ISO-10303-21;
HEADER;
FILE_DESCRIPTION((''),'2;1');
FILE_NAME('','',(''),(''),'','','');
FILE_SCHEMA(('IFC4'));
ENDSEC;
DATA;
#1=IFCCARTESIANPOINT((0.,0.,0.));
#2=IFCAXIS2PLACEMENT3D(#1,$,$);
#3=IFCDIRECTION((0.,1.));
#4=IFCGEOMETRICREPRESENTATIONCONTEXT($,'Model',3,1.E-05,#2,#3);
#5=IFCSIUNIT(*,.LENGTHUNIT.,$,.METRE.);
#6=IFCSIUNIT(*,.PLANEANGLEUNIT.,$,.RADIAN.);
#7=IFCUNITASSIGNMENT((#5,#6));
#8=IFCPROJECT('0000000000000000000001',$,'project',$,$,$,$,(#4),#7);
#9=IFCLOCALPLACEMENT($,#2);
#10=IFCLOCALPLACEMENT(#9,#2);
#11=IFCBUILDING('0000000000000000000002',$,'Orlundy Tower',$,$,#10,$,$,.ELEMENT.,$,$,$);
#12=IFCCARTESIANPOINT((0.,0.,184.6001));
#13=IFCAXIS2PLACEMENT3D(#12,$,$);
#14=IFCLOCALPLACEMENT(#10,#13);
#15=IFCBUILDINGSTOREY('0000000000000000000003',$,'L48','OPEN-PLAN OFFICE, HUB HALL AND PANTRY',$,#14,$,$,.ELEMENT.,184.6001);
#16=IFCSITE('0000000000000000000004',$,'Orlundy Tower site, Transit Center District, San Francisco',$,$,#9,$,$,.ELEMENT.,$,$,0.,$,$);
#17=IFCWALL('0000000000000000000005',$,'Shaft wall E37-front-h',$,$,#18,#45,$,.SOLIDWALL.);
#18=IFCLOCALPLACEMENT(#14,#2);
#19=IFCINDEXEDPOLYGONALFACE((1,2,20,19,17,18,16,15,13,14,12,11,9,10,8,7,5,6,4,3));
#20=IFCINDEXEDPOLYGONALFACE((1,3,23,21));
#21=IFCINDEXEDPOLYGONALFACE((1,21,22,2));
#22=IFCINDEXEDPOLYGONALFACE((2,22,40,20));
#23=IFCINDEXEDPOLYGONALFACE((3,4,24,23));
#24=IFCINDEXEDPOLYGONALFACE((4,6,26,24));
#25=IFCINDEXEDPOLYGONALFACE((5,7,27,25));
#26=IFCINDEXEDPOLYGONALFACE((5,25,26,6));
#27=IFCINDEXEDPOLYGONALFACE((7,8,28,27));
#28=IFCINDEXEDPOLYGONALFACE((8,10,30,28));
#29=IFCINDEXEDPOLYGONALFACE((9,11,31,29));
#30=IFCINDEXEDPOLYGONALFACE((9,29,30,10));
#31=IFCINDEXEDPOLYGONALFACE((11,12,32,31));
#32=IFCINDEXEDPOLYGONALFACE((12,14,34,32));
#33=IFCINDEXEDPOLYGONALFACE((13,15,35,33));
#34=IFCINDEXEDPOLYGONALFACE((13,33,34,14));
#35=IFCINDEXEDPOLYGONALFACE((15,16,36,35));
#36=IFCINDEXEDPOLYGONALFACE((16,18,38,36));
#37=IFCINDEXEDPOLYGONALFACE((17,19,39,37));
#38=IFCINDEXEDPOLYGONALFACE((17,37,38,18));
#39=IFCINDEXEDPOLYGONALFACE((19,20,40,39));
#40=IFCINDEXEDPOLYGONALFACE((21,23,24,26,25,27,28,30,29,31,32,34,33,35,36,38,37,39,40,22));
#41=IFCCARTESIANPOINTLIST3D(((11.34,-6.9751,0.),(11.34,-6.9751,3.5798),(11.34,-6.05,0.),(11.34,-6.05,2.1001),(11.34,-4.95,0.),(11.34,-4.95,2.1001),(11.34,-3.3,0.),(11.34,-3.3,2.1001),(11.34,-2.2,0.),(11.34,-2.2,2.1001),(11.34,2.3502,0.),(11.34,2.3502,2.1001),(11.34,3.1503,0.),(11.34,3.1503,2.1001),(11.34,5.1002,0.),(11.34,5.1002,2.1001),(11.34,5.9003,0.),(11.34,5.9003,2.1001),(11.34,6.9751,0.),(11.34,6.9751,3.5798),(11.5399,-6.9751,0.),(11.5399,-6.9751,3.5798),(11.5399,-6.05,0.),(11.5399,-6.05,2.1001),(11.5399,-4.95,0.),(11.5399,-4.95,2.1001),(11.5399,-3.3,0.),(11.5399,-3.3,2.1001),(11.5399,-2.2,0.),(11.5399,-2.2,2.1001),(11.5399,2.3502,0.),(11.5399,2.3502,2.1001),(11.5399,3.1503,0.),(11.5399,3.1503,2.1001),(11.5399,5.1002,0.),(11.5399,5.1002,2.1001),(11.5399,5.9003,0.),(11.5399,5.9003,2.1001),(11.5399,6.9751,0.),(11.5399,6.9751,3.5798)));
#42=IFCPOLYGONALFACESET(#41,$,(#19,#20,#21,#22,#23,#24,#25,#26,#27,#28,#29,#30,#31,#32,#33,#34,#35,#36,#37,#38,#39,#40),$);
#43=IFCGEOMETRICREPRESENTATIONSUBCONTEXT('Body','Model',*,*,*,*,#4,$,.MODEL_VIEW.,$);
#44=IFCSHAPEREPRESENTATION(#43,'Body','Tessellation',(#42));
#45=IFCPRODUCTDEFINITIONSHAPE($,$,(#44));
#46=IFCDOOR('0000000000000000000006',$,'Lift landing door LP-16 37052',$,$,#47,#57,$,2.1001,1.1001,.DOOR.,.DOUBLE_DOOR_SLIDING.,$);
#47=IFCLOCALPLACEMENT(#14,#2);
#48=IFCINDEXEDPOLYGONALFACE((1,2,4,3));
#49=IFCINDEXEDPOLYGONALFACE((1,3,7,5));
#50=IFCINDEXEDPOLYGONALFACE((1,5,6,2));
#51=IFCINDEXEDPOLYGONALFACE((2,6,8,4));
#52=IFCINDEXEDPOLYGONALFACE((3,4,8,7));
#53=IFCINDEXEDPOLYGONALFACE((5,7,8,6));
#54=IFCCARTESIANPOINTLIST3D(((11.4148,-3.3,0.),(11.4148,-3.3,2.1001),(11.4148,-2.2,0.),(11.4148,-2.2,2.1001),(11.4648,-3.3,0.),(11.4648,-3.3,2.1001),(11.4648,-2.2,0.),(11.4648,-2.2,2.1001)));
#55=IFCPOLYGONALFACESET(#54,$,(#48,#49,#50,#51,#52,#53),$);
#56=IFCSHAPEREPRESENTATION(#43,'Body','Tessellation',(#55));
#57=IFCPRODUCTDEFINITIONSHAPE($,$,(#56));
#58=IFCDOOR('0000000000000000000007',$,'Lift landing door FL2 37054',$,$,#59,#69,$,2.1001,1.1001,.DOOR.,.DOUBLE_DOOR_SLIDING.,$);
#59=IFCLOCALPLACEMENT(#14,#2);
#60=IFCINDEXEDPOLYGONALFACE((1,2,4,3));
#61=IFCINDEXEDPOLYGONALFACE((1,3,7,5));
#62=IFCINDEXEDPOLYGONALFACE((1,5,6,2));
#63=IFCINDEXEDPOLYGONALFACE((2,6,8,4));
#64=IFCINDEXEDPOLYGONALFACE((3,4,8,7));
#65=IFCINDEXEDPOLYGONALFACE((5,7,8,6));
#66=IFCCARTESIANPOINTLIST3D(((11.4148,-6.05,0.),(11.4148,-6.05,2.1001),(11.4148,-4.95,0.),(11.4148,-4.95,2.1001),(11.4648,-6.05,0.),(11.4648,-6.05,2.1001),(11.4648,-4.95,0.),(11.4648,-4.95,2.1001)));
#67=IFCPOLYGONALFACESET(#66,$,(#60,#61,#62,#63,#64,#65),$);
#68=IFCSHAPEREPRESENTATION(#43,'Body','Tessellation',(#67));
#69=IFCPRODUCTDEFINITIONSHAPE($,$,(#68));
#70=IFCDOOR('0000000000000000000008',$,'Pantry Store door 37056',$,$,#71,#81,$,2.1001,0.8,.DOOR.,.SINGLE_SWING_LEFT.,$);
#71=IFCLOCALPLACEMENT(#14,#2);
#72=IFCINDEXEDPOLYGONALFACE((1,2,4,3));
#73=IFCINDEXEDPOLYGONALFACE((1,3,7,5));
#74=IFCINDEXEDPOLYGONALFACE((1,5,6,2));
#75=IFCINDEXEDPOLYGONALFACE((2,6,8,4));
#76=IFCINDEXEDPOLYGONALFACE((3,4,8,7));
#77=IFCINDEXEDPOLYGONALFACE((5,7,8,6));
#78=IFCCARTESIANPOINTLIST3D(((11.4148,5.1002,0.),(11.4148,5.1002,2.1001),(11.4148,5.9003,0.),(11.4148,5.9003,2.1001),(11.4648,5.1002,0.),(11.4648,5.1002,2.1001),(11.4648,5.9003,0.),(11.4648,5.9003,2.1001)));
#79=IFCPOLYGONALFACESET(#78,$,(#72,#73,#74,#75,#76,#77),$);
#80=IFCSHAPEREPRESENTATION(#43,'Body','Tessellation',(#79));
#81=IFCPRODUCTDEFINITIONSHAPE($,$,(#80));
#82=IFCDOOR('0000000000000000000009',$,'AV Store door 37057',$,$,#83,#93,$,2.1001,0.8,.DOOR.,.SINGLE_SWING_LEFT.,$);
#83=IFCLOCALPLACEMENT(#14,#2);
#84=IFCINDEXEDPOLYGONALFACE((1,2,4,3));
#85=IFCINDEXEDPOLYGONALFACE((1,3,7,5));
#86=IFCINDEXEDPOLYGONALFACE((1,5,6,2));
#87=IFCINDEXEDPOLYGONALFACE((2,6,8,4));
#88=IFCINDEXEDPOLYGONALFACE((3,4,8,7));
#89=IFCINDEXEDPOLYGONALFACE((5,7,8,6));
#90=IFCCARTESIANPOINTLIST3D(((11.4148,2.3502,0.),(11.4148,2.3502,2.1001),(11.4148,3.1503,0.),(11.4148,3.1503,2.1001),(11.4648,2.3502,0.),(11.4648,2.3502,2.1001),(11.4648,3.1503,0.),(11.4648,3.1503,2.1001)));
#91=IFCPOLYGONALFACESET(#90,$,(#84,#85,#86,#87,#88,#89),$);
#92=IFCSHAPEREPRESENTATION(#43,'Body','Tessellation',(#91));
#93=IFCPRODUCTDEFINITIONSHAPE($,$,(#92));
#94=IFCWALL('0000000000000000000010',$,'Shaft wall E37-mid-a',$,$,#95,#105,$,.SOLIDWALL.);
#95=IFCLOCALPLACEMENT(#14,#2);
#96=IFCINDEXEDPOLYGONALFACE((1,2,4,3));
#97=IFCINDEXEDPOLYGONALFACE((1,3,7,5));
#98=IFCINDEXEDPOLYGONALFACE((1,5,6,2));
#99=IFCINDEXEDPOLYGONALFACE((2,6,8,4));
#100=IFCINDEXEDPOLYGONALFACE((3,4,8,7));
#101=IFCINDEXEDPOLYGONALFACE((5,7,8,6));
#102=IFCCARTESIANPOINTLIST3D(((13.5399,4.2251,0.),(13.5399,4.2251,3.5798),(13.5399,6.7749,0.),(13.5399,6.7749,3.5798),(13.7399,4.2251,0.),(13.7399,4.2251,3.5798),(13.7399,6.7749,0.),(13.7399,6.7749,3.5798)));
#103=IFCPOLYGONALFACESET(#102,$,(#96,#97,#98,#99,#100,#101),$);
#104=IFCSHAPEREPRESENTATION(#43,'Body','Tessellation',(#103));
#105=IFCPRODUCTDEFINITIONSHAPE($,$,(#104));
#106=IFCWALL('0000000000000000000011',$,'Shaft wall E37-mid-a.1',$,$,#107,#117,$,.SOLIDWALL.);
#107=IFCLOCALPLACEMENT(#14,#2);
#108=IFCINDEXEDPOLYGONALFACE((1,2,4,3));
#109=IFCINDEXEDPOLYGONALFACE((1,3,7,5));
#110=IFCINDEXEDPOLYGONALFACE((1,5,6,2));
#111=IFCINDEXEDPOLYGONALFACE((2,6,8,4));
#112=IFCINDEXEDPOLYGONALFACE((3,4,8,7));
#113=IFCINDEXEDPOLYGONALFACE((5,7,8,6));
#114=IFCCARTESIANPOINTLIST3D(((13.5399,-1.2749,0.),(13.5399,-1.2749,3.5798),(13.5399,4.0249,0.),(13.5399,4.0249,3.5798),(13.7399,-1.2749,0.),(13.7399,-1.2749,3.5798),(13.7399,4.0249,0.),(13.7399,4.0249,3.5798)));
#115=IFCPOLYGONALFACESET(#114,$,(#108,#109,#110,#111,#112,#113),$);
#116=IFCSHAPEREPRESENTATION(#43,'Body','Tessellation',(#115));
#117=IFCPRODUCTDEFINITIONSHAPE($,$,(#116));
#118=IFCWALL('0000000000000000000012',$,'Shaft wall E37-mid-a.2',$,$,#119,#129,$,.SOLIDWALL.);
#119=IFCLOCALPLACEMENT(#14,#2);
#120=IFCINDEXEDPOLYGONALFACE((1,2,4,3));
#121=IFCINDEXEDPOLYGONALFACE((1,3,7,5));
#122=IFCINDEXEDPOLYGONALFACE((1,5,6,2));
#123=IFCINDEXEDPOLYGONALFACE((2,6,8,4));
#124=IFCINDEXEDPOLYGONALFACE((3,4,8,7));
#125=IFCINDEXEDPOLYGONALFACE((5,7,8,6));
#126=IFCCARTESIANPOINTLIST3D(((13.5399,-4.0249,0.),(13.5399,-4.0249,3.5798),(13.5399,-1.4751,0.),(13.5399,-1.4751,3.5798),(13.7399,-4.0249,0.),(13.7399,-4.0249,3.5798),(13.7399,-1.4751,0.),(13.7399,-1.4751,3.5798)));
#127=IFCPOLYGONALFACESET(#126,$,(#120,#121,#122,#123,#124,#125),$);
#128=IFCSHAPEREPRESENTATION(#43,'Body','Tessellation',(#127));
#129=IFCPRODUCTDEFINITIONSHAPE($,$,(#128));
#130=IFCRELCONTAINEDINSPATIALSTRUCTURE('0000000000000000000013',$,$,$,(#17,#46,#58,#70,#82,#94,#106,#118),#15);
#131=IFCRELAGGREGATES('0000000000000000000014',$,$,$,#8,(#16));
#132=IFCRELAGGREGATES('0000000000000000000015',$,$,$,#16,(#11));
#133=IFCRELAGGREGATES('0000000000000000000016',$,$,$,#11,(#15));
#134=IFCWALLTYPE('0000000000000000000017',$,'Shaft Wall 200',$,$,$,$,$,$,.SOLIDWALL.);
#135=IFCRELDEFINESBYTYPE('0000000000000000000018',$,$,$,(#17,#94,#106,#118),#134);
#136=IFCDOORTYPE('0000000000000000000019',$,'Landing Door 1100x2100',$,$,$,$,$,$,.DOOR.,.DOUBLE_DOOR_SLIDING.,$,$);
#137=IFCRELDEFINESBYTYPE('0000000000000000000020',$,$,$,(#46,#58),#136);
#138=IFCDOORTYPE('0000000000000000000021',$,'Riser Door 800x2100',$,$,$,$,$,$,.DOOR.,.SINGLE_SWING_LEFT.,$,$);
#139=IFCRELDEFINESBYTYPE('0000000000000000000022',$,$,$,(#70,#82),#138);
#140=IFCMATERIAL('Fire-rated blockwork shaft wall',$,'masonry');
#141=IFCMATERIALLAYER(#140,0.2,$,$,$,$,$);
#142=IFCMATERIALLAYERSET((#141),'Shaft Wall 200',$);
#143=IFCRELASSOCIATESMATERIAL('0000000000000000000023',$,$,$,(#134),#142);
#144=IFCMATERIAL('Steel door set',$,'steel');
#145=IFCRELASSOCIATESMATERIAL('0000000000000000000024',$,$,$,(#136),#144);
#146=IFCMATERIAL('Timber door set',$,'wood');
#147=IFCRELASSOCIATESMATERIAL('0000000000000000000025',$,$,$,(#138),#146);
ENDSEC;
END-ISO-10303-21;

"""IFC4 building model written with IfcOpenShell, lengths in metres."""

from ifc_helpers import new_model, si_unit, direction, frame, frame_2d, origin, place, context, subcontext, project, spatial, rectangle, extrude, material, layer, layer_set, type_object, element, fill, save


model = new_model("IFC4")

# Units and contexts
model_context = context("Model", 3, precision=1e-05, world=origin(), true_north=direction((0.0, 1.0)))
body_context = subcontext(model_context, "Body", "Model", "MODEL_VIEW")
ifc_project = project(units=[si_unit("LENGTHUNIT", "METRE"), si_unit("PLANEANGLEUNIT", "RADIAN")], contexts=[model_context])

# Site, building, storey
site_placement = place(None, origin())
site = spatial("IfcSite", under=ifc_project, at=site_placement, Name="Orlundy Tower site, Transit Center District, San Francisco", CompositionType="ELEMENT", RefElevation=0.0)
building_placement = place(site_placement, origin())
building = spatial("IfcBuilding", under=site, at=building_placement, Name="Orlundy Tower", CompositionType="ELEMENT")
storey_placement = place(building_placement, frame((0.0, 0.0, 184.6001)))
storey = spatial("IfcBuildingStorey", under=building, at=storey_placement, Name="L48", Description="OPEN-PLAN OFFICE, HUB HALL AND PANTRY", CompositionType="ELEMENT", Elevation=184.6001)

# Shared definitions
ifc_material_1 = material(Name="Fire-rated blockwork shaft wall", Category="masonry")
ifc_layer_1 = layer(ifc_material_1, 0.2)
ifc_layer_set_1 = layer_set([ifc_layer_1], Name="Shaft Wall 200")
wall_type_1 = type_object("IfcWallType", Name="Shaft Wall 200", PredefinedType="SOLIDWALL", material=ifc_layer_set_1)

# Wall, openings, doors
wall_1_placement = place(storey_placement, frame((11.4399, 6.9751, 0.0), z_axis=(0.0, 0.0, 1.0), x_axis=(0.0, -1.0, 0.0)))
wall_1 = element("IfcWall", 1, at=wall_1_placement, inside=storey, type_object=wall_type_1, Name="Shaft wall E37-front-h", PredefinedType="SOLIDWALL", context=body_context, shape_type="SweptSolid", body=[
    extrude(rectangle(XDim=13.9502, YDim=0.2, at=frame_2d((6.9751, 0.0))), origin(), (0.0, 0.0, 1.0), 3.5798),
])
opening_1_placement = place(wall_1_placement, frame((9.175, 0.0, 0.0)))
opening_1 = element("IfcOpeningElement", 2, at=opening_1_placement, cuts=wall_1, PredefinedType="OPENING", context=body_context, shape_type="SweptSolid", body=[
    extrude(rectangle(XDim=1.1001, YDim=2.1001, at=frame_2d((0.55, 1.05))), frame((0.0, 0.1101, 0.0), z_axis=(0.0, -1.0, 0.0), x_axis=(1.0, 0.0, 0.0)), (0.0, 0.0, 1.0), 0.2202),
])
opening_2_placement = place(wall_1_placement, frame((11.925, 0.0, 0.0)))
opening_2 = element("IfcOpeningElement", 3, at=opening_2_placement, cuts=wall_1, PredefinedType="OPENING", context=body_context, shape_type="SweptSolid", body=[
    extrude(rectangle(XDim=1.1001, YDim=2.1001, at=frame_2d((0.55, 1.05))), frame((0.0, 0.1101, 0.0), z_axis=(0.0, -1.0, 0.0), x_axis=(1.0, 0.0, 0.0)), (0.0, 0.0, 1.0), 0.2202),
])
opening_3_placement = place(wall_1_placement, frame((1.075, 0.0, 0.0)))
opening_3 = element("IfcOpeningElement", 4, at=opening_3_placement, cuts=wall_1, PredefinedType="OPENING", context=body_context, shape_type="SweptSolid", body=[
    extrude(rectangle(XDim=0.8, YDim=2.1001, at=frame_2d((0.3999, 1.05))), frame((0.0, 0.1101, 0.0), z_axis=(0.0, -1.0, 0.0), x_axis=(1.0, 0.0, 0.0)), (0.0, 0.0, 1.0), 0.2202),
])
opening_4_placement = place(wall_1_placement, frame((3.825, 0.0, 0.0)))
opening_4 = element("IfcOpeningElement", 5, at=opening_4_placement, cuts=wall_1, PredefinedType="OPENING", context=body_context, shape_type="SweptSolid", body=[
    extrude(rectangle(XDim=0.8, YDim=2.1001, at=frame_2d((0.3999, 1.05))), frame((0.0, 0.1101, 0.0), z_axis=(0.0, -1.0, 0.0), x_axis=(1.0, 0.0, 0.0)), (0.0, 0.0, 1.0), 0.2202),
])
ifc_material_2 = material(Name="Steel door set", Category="steel")
door_type_1 = type_object("IfcDoorType", Name="Landing Door 1100x2100", OperationType="DOUBLE_DOOR_SLIDING", PredefinedType="DOOR", material=ifc_material_2)
door_1_placement = place(opening_1_placement, origin())
door_1 = element("IfcDoor", 6, at=door_1_placement, inside=storey, type_object=door_type_1, Name="Lift landing door LP-16 37052", OperationType="DOUBLE_DOOR_SLIDING", OverallHeight=2.1001, OverallWidth=1.1001, PredefinedType="DOOR", context=body_context, shape_type="SweptSolid", body=[
    extrude(rectangle(XDim=1.1001, YDim=2.1001, at=frame_2d((0.55, 1.05))), frame((0.0, 0.0249, 0.0), z_axis=(0.0, -1.0, 0.0), x_axis=(1.0, 0.0, 0.0)), (0.0, 0.0, 1.0), 0.05),
])
fill(opening_1, door_1)
door_2_placement = place(opening_2_placement, origin())
door_2 = element("IfcDoor", 7, at=door_2_placement, inside=storey, type_object=door_type_1, Name="Lift landing door FL2 37054", OperationType="DOUBLE_DOOR_SLIDING", OverallHeight=2.1001, OverallWidth=1.1001, PredefinedType="DOOR", context=body_context, shape_type="SweptSolid", body=[
    extrude(rectangle(XDim=1.1001, YDim=2.1001, at=frame_2d((0.55, 1.05))), frame((0.0, 0.0249, 0.0), z_axis=(0.0, -1.0, 0.0), x_axis=(1.0, 0.0, 0.0)), (0.0, 0.0, 1.0), 0.05),
])
fill(opening_2, door_2)
ifc_material_3 = material(Name="Timber door set", Category="wood")
door_type_2 = type_object("IfcDoorType", Name="Riser Door 800x2100", OperationType="SINGLE_SWING_LEFT", PredefinedType="DOOR", material=ifc_material_3)
door_3_placement = place(opening_3_placement, origin())
door_3 = element("IfcDoor", 8, at=door_3_placement, inside=storey, type_object=door_type_2, Name="Pantry Store door 37056", OperationType="SINGLE_SWING_LEFT", OverallHeight=2.1001, OverallWidth=0.8, PredefinedType="DOOR", context=body_context, shape_type="SweptSolid", body=[
    extrude(rectangle(XDim=0.8, YDim=2.1001, at=frame_2d((0.3999, 1.05))), frame((0.0, 0.0249, 0.0), z_axis=(0.0, -1.0, 0.0), x_axis=(1.0, 0.0, 0.0)), (0.0, 0.0, 1.0), 0.05),
])
fill(opening_3, door_3)
door_4_placement = place(opening_4_placement, origin())
door_4 = element("IfcDoor", 9, at=door_4_placement, inside=storey, type_object=door_type_2, Name="AV Store door 37057", OperationType="SINGLE_SWING_LEFT", OverallHeight=2.1001, OverallWidth=0.8, PredefinedType="DOOR", context=body_context, shape_type="SweptSolid", body=[
    extrude(rectangle(XDim=0.8, YDim=2.1001, at=frame_2d((0.3999, 1.05))), frame((0.0, 0.0249, 0.0), z_axis=(0.0, -1.0, 0.0), x_axis=(1.0, 0.0, 0.0)), (0.0, 0.0, 1.0), 0.05),
])
fill(opening_4, door_4)

# Walls
wall_2_placement = place(storey_placement, frame((13.6399, 6.7749, 0.0), z_axis=(0.0, 0.0, 1.0), x_axis=(0.0, -1.0, 0.0)))
element("IfcWall", 10, at=wall_2_placement, inside=storey, type_object=wall_type_1, Name="Shaft wall E37-mid-a", PredefinedType="SOLIDWALL", context=body_context, shape_type="SweptSolid", body=[
    extrude(rectangle(XDim=2.5498, YDim=0.2, at=frame_2d((1.2749, 0.0))), origin(), (0.0, 0.0, 1.0), 3.5798),
])
wall_3_placement = place(storey_placement, frame((13.6399, 4.0249, 0.0), z_axis=(0.0, 0.0, 1.0), x_axis=(0.0, -1.0, 0.0)))
element("IfcWall", 11, at=wall_3_placement, inside=storey, type_object=wall_type_1, Name="Shaft wall E37-mid-a.1", PredefinedType="SOLIDWALL", context=body_context, shape_type="SweptSolid", body=[
    extrude(rectangle(XDim=5.2998, YDim=0.2, at=frame_2d((2.6499, 0.0))), origin(), (0.0, 0.0, 1.0), 3.5798),
])
wall_4_placement = place(storey_placement, frame((13.6399, -1.4751, 0.0), z_axis=(0.0, 0.0, 1.0), x_axis=(0.0, -1.0, 0.0)))
element("IfcWall", 12, at=wall_4_placement, inside=storey, type_object=wall_type_1, Name="Shaft wall E37-mid-a.2", PredefinedType="SOLIDWALL", context=body_context, shape_type="SweptSolid", body=[
    extrude(rectangle(XDim=2.5498, YDim=0.2, at=frame_2d((1.2749, 0.0))), origin(), (0.0, 0.0, 1.0), 3.5798),
])

save(model, "model.ifc")
